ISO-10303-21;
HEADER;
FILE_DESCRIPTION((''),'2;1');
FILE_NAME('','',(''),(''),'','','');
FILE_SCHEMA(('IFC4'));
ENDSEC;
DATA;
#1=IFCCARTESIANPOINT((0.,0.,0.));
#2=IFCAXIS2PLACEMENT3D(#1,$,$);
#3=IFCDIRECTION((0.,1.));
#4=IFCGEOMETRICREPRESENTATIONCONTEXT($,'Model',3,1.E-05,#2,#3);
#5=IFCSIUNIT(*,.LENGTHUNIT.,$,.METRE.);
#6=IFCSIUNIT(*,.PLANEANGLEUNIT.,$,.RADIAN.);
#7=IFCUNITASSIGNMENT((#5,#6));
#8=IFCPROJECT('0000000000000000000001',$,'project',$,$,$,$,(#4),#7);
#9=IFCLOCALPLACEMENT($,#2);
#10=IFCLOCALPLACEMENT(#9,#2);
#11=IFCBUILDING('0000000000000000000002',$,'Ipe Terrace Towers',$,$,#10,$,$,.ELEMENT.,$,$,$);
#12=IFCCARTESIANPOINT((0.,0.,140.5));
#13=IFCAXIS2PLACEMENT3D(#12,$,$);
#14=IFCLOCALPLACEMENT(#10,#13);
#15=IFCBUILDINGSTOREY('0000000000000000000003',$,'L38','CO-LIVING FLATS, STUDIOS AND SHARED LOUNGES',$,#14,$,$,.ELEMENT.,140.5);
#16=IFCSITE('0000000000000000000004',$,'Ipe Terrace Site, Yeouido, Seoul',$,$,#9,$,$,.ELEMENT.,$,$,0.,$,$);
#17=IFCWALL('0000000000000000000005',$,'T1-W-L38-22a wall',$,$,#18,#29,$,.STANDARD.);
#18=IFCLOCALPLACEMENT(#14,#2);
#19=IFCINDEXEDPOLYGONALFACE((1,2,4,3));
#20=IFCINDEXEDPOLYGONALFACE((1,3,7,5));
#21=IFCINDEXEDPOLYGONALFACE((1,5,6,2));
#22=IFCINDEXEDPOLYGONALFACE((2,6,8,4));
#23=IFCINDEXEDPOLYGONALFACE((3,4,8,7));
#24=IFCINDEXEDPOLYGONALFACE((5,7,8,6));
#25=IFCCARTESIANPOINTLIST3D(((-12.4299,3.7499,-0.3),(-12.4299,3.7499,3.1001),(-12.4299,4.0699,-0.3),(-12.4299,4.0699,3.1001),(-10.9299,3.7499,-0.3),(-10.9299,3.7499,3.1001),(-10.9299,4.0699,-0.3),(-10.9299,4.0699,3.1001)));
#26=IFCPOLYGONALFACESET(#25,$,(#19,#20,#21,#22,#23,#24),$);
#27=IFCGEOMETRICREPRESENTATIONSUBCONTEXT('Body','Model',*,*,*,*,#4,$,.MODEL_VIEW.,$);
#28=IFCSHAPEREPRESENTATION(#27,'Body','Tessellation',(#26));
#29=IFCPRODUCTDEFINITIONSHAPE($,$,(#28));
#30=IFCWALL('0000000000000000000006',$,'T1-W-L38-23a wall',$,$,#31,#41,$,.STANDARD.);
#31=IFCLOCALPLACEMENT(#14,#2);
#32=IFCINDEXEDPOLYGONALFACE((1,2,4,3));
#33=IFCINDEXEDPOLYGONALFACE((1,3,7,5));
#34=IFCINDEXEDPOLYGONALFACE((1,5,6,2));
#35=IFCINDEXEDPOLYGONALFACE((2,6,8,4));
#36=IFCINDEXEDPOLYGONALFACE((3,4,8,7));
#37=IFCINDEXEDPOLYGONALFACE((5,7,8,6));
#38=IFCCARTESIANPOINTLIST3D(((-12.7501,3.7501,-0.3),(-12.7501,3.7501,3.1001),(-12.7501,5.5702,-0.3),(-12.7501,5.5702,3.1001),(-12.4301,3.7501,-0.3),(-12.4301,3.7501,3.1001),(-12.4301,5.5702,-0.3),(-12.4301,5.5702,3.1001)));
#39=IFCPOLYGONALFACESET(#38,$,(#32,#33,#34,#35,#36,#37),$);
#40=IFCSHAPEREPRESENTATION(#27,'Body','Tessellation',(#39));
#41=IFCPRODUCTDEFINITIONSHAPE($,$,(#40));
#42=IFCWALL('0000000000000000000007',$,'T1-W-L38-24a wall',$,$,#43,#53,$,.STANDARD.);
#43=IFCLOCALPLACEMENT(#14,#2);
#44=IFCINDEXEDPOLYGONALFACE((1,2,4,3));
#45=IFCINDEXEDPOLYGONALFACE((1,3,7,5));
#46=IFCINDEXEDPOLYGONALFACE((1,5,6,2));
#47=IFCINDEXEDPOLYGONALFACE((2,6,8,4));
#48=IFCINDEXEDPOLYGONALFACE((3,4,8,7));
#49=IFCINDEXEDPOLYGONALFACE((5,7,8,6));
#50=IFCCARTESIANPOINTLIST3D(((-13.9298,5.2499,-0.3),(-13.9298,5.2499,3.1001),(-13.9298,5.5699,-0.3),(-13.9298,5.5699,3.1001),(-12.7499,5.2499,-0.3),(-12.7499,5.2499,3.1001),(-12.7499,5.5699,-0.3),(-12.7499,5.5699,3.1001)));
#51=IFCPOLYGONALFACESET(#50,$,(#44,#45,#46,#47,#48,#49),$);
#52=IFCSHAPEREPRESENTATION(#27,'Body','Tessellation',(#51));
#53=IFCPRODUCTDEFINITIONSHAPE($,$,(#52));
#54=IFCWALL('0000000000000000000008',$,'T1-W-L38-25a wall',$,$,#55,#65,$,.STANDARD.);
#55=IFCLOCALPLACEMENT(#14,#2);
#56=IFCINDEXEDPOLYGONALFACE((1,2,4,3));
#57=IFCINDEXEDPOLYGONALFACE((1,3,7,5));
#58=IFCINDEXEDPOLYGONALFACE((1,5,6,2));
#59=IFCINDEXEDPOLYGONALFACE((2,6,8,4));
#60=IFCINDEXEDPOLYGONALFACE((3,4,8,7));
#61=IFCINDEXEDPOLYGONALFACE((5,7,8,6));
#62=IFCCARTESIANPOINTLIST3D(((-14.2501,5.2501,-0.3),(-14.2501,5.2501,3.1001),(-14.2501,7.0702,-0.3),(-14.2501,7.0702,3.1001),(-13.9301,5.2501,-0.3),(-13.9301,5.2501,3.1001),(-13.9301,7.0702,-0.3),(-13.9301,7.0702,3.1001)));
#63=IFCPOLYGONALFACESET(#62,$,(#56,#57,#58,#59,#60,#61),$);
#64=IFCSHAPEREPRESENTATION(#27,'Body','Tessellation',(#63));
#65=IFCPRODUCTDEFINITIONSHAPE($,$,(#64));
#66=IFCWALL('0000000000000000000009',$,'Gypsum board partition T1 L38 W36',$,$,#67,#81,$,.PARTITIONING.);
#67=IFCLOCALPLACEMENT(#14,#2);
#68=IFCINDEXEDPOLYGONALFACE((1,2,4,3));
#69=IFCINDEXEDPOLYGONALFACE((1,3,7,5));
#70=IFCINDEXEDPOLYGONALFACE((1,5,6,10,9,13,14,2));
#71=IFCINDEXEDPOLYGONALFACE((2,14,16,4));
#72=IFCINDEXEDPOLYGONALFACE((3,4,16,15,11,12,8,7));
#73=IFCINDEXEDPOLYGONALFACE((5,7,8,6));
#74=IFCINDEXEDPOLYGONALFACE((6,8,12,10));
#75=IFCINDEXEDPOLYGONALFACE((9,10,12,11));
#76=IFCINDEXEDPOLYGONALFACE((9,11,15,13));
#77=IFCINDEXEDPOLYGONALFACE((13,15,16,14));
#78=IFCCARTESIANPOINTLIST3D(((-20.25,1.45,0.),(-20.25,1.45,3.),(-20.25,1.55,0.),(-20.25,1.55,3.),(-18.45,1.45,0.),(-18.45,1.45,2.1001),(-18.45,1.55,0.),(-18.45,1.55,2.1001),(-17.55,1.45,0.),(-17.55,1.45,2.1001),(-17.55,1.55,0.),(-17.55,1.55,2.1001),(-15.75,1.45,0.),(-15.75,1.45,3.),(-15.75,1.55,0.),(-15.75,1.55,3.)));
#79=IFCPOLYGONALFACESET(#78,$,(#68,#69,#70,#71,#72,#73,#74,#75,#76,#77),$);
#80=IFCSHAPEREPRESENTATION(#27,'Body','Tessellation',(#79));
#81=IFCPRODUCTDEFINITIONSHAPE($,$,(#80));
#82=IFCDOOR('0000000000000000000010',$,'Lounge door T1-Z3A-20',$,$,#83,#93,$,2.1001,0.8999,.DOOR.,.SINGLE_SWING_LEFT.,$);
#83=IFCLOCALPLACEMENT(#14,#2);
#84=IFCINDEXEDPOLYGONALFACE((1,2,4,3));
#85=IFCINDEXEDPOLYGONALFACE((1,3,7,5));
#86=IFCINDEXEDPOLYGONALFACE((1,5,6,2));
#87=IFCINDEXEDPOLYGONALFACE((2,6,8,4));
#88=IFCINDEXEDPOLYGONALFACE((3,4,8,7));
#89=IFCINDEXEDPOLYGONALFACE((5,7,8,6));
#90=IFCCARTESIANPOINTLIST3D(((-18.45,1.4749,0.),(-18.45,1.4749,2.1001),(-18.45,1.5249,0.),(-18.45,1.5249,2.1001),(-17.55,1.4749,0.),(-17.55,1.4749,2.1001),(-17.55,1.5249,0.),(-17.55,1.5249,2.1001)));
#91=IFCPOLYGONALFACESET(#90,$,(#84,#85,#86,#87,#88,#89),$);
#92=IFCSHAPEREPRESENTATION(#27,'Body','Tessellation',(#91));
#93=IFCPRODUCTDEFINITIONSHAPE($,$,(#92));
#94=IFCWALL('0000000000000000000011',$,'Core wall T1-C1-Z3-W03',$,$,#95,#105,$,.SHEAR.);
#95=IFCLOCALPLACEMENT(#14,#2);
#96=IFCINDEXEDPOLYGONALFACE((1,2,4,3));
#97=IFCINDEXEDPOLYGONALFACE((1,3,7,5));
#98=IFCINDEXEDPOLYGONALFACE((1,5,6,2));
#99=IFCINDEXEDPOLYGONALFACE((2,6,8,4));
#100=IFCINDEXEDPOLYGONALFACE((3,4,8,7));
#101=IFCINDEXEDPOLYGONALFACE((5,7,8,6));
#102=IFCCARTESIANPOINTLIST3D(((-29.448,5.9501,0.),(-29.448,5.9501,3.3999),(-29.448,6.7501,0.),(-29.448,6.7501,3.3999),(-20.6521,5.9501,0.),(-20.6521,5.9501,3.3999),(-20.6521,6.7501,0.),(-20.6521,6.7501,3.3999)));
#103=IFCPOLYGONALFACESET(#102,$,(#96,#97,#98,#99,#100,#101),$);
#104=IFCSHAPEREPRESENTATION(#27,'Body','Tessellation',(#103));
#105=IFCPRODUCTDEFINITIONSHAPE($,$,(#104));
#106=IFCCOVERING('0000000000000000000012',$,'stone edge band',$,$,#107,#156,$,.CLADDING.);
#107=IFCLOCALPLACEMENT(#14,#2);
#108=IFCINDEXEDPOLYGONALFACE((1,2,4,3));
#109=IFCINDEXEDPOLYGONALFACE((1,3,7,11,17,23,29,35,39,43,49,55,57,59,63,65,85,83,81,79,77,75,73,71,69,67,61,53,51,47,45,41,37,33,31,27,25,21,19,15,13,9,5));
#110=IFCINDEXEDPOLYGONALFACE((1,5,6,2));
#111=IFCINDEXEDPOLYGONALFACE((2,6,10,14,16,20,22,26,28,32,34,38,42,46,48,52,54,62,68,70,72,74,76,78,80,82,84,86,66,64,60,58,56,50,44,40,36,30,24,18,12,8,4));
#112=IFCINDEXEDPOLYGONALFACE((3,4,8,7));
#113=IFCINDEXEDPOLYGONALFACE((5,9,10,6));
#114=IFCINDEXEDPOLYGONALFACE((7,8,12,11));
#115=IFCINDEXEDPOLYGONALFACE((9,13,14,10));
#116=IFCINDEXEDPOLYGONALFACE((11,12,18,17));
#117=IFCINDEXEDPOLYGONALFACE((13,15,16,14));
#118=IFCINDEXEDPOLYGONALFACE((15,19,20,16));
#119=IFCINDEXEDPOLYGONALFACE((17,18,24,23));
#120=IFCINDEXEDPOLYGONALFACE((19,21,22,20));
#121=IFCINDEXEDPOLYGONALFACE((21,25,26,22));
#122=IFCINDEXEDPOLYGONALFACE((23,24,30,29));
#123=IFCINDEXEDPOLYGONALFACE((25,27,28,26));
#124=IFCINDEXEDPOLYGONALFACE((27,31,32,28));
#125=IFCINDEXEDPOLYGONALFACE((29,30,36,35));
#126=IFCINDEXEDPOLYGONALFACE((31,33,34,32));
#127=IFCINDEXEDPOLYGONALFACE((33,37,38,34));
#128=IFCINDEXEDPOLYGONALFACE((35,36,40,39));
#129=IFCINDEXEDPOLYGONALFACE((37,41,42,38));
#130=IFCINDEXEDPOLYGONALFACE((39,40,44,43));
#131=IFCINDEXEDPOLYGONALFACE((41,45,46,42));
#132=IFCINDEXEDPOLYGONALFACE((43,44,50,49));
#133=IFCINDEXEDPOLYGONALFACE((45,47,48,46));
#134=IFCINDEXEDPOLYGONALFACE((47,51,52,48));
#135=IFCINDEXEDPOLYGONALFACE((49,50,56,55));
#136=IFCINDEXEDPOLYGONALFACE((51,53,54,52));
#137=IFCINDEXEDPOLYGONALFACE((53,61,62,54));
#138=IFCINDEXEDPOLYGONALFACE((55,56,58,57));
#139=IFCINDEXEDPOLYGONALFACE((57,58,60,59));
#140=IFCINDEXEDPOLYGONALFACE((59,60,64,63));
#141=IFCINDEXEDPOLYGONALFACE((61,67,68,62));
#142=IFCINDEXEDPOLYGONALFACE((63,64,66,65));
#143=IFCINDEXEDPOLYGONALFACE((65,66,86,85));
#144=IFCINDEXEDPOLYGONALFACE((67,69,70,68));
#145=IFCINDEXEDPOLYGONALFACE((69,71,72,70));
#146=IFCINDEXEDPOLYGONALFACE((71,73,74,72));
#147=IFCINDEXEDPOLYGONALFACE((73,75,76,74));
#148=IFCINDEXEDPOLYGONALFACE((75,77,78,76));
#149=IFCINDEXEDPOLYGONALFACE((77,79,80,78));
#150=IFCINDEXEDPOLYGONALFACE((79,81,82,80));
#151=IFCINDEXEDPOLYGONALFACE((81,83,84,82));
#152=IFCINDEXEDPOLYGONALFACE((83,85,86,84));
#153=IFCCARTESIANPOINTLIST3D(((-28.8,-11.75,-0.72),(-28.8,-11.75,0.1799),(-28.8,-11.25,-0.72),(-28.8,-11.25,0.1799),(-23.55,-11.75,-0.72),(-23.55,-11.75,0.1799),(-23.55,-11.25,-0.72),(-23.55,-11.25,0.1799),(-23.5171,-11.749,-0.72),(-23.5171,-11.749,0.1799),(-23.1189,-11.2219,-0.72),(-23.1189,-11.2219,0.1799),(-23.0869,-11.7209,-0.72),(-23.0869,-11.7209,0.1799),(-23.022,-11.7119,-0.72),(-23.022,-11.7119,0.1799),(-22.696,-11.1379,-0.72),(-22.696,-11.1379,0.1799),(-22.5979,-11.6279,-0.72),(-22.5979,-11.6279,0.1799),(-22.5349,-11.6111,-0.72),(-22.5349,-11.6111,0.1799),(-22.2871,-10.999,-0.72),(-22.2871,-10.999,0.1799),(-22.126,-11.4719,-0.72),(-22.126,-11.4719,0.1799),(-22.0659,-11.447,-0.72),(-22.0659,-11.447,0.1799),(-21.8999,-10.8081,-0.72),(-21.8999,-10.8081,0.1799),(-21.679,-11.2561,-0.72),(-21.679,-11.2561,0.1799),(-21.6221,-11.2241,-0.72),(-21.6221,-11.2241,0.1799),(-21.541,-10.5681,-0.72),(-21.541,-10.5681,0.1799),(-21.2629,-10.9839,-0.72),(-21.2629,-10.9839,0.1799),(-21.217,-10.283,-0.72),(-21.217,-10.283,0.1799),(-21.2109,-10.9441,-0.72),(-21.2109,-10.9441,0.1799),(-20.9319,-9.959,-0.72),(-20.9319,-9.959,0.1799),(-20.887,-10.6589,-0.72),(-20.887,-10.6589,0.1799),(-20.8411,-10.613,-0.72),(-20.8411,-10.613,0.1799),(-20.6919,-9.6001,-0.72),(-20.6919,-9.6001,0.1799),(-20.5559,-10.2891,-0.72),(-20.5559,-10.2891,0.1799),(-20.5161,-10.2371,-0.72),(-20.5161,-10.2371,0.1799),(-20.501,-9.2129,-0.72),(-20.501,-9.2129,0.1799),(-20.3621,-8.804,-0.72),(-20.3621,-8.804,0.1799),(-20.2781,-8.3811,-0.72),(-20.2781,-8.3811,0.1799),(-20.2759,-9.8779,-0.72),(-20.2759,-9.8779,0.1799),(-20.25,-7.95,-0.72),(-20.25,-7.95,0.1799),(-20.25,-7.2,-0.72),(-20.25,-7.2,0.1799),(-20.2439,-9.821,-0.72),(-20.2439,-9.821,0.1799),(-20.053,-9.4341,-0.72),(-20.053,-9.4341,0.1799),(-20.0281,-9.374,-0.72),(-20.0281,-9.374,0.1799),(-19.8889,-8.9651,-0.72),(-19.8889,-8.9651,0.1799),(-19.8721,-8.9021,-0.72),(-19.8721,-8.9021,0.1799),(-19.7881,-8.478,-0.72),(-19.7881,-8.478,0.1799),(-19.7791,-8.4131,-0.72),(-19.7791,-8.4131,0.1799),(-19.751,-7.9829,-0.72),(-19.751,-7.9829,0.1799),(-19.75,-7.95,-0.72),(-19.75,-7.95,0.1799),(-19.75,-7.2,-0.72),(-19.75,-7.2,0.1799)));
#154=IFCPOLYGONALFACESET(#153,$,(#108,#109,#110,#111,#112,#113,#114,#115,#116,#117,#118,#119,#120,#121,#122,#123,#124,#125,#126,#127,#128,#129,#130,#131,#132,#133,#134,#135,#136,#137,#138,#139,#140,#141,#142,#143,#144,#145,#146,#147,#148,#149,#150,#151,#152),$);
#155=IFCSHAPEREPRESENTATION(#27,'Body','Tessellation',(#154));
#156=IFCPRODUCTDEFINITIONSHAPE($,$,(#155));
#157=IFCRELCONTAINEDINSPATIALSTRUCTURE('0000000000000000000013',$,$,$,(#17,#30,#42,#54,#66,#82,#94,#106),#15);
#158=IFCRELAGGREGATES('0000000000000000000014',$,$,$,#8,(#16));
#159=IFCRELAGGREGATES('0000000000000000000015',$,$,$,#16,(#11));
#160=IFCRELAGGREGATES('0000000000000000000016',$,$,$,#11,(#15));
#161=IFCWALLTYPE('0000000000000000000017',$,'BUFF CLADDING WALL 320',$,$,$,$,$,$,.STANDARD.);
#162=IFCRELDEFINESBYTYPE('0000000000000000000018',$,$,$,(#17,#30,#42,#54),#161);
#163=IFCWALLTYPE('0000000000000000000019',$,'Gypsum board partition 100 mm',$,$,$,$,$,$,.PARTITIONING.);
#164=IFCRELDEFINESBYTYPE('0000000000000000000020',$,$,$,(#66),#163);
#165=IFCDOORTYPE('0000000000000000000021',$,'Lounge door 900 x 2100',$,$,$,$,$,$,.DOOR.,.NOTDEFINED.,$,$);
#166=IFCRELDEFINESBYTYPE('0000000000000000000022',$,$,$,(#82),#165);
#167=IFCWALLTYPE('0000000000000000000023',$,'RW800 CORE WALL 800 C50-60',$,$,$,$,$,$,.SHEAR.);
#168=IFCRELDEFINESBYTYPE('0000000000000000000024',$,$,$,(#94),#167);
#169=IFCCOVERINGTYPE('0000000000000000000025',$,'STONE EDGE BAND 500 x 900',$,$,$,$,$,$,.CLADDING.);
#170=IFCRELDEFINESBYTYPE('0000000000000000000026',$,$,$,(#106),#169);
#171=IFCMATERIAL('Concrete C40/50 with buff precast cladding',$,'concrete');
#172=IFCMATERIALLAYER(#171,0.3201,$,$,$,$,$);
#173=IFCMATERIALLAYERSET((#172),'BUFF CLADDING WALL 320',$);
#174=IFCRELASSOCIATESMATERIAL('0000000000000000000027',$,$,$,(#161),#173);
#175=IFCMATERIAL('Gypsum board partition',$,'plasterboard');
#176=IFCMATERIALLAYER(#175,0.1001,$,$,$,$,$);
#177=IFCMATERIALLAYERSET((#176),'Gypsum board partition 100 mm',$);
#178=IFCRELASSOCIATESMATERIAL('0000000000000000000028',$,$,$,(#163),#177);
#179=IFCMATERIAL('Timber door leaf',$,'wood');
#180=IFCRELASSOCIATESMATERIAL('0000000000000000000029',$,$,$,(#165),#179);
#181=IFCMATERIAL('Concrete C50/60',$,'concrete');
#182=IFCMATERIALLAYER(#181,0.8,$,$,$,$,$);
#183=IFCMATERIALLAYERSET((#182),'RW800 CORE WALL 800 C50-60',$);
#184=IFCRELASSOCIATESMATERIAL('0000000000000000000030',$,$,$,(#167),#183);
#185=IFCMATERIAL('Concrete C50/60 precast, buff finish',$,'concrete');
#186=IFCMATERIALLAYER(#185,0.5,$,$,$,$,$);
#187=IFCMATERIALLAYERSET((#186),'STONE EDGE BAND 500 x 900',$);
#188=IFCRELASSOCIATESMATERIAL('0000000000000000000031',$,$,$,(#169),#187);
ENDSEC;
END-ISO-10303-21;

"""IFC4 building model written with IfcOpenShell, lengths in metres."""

from ifc_helpers import new_model, si_unit, direction, frame, frame_2d, origin, place, context, subcontext, project, spatial, polyline, rectangle, outline, extrude, material, layer, layer_set, type_object, element, fill, save


model = new_model("IFC4")

# Units and contexts
model_context = context("Model", 3, precision=1e-05, world=origin(), true_north=direction((0.0, 1.0)))
body_context = subcontext(model_context, "Body", "Model", "MODEL_VIEW")
ifc_project = project(units=[si_unit("LENGTHUNIT", "METRE"), si_unit("PLANEANGLEUNIT", "RADIAN")], contexts=[model_context])

# Site, building, storey
site_placement = place(None, origin())
site = spatial("IfcSite", under=ifc_project, at=site_placement, Name="Ipe Terrace Site, Yeouido, Seoul", CompositionType="ELEMENT", RefElevation=0.0)
building_placement = place(site_placement, origin())
building = spatial("IfcBuilding", under=site, at=building_placement, Name="Ipe Terrace Towers", CompositionType="ELEMENT")
storey_placement = place(building_placement, frame((0.0, 0.0, 140.5)))
storey = spatial("IfcBuildingStorey", under=building, at=storey_placement, Name="L38", Description="CO-LIVING FLATS, STUDIOS AND SHARED LOUNGES", CompositionType="ELEMENT", Elevation=140.5)

# Walls
ifc_material_1 = material(Name="Concrete C40/50 with buff precast cladding", Category="concrete")
ifc_layer_1 = layer(ifc_material_1, 0.3201)
ifc_layer_set_1 = layer_set([ifc_layer_1], Name="BUFF CLADDING WALL 320")
wall_type_1 = type_object("IfcWallType", Name="BUFF CLADDING WALL 320", PredefinedType="STANDARD", material=ifc_layer_set_1)
wall_1_placement = place(storey_placement, frame((-10.9299, 3.9099, -0.3), z_axis=(0.0, 0.0, 1.0), x_axis=(-1.0, 0.0, 0.0)))
element("IfcWall", 1, at=wall_1_placement, inside=storey, type_object=wall_type_1, Name="T1-W-L38-22a wall", PredefinedType="STANDARD", context=body_context, shape_type="SweptSolid", body=[
    extrude(rectangle(XDim=1.5, YDim=0.3201, at=frame_2d((0.75, 0.0))), origin(), (0.0, 0.0, 1.0), 3.4001),
])
wall_2_placement = place(storey_placement, frame((-12.5901, 3.75, -0.3), z_axis=(0.0, 0.0, 1.0), x_axis=(0.0, 1.0, 0.0)))
element("IfcWall", 2, at=wall_2_placement, inside=storey, type_object=wall_type_1, Name="T1-W-L38-23a wall", PredefinedType="STANDARD", context=body_context, shape_type="SweptSolid", body=[
    extrude(rectangle(XDim=1.8201, YDim=0.3201, at=frame_2d((0.9102, 0.0))), origin(), (0.0, 0.0, 1.0), 3.4001),
])
wall_3_placement = place(storey_placement, frame((-12.75, 5.4099, -0.3), z_axis=(0.0, 0.0, 1.0), x_axis=(-1.0, 0.0, 0.0)))
element("IfcWall", 3, at=wall_3_placement, inside=storey, type_object=wall_type_1, Name="T1-W-L38-24a wall", PredefinedType="STANDARD", context=body_context, shape_type="SweptSolid", body=[
    extrude(rectangle(XDim=1.1799, YDim=0.3201, at=frame_2d((0.5898, 0.0))), origin(), (0.0, 0.0, 1.0), 3.4001),
])
wall_4_placement = place(storey_placement, frame((-14.0901, 5.25, -0.3), z_axis=(0.0, 0.0, 1.0), x_axis=(0.0, 1.0, 0.0)))
element("IfcWall", 4, at=wall_4_placement, inside=storey, type_object=wall_type_1, Name="T1-W-L38-25a wall", PredefinedType="STANDARD", context=body_context, shape_type="SweptSolid", body=[
    extrude(rectangle(XDim=1.8201, YDim=0.3201, at=frame_2d((0.9102, 0.0))), origin(), (0.0, 0.0, 1.0), 3.4001),
])

# Wall, opening, door
ifc_material_2 = material(Name="Gypsum board partition", Category="plasterboard")
ifc_layer_2 = layer(ifc_material_2, 0.1001)
ifc_layer_set_2 = layer_set([ifc_layer_2], Name="Gypsum board partition 100 mm")
wall_type_2 = type_object("IfcWallType", Name="Gypsum board partition 100 mm", PredefinedType="PARTITIONING", material=ifc_layer_set_2)
wall_5_placement = place(storey_placement, frame((-20.25, 1.5, 0.0), z_axis=(0.0, 0.0, 1.0), x_axis=(1.0, 0.0, 0.0)))
wall_5 = element("IfcWall", 5, at=wall_5_placement, inside=storey, type_object=wall_type_2, Name="Gypsum board partition T1 L38 W36", PredefinedType="PARTITIONING", context=body_context, shape_type="SweptSolid", body=[
    extrude(rectangle(XDim=4.5, YDim=0.1001, at=frame_2d((2.25, 0.0))), origin(), (0.0, 0.0, 1.0), 3.0),
])
opening_placement = place(wall_5_placement, frame((1.8, 0.0, 0.0)))
opening = element("IfcOpeningElement", 6, at=opening_placement, cuts=wall_5, PredefinedType="OPENING", context=body_context, shape_type="SweptSolid", body=[
    extrude(rectangle(XDim=0.8999, YDim=2.1001, at=frame_2d((0.45, 1.05))), frame((0.0, 0.0601, 0.0), z_axis=(0.0, -1.0, 0.0), x_axis=(1.0, 0.0, 0.0)), (0.0, 0.0, 1.0), 0.1201),
])
ifc_material_3 = material(Name="Timber door leaf", Category="wood")
door_type = type_object("IfcDoorType", Name="Lounge door 900 x 2100", OperationType="NOTDEFINED", PredefinedType="DOOR", material=ifc_material_3)
door_placement = place(opening_placement, origin())
door = element("IfcDoor", 7, at=door_placement, inside=storey, type_object=door_type, Name="Lounge door T1-Z3A-20", OperationType="SINGLE_SWING_LEFT", OverallHeight=2.1001, OverallWidth=0.8999, PredefinedType="DOOR", context=body_context, shape_type="SweptSolid", body=[
    extrude(rectangle(XDim=0.8999, YDim=2.1001, at=frame_2d((0.45, 1.05))), frame((0.0, 0.0249, 0.0), z_axis=(0.0, -1.0, 0.0), x_axis=(1.0, 0.0, 0.0)), (0.0, 0.0, 1.0), 0.05),
])
fill(opening, door)

# Wall
ifc_material_4 = material(Name="Concrete C50/60", Category="concrete")
ifc_layer_3 = layer(ifc_material_4, 0.8)
ifc_layer_set_3 = layer_set([ifc_layer_3], Name="RW800 CORE WALL 800 C50-60")
wall_type_3 = type_object("IfcWallType", Name="RW800 CORE WALL 800 C50-60", PredefinedType="SHEAR", material=ifc_layer_set_3)
wall_6_placement = place(storey_placement, frame((-20.6521, 6.3501, 0.0), z_axis=(0.0, 0.0, 1.0), x_axis=(-1.0, 0.0, 0.0)))
element("IfcWall", 8, at=wall_6_placement, inside=storey, type_object=wall_type_3, Name="Core wall T1-C1-Z3-W03", PredefinedType="SHEAR", context=body_context, shape_type="SweptSolid", body=[
    extrude(rectangle(XDim=8.7959, YDim=0.8, at=frame_2d((4.3979, 0.0))), origin(), (0.0, 0.0, 1.0), 3.3999),
])

# Covering
ifc_material_5 = material(Name="Concrete C50/60 precast, buff finish", Category="concrete")
ifc_layer_4 = layer(ifc_material_5, 0.5)
ifc_layer_set_4 = layer_set([ifc_layer_4], Name="STONE EDGE BAND 500 x 900")
covering_type = type_object("IfcCoveringType", Name="STONE EDGE BAND 500 x 900", PredefinedType="CLADDING", material=ifc_layer_set_4)
covering_placement = place(storey_placement, frame((0.0, 0.0, -0.72)))
element("IfcCovering", 9, at=covering_placement, inside=storey, type_object=covering_type, Name="stone edge band", PredefinedType="CLADDING", context=body_context, shape_type="SweptSolid", body=[
    extrude(outline(polyline([(-23.55, -11.75), (-23.5171, -11.749), (-23.0869, -11.7209), (-23.022, -11.7119), (-22.5979, -11.6279), (-22.5349, -11.6111), (-22.126, -11.4719), (-22.0659, -11.447), (-21.679, -11.2561), (-21.6221, -11.2241), (-21.2629, -10.9839), (-21.2109, -10.9441), (-20.887, -10.6589), (-20.8411, -10.613), (-20.5559, -10.2891), (-20.5161, -10.2371), (-20.2759, -9.8779), (-20.2439, -9.821), (-20.053, -9.4341), (-20.0281, -9.374), (-19.8889, -8.9651), (-19.8721, -8.9021), (-19.7881, -8.478), (-19.7791, -8.4131), (-19.751, -7.9829), (-19.75, -7.95), (-19.75, -7.2), (-20.25, -7.2), (-20.25, -7.95), (-20.2781, -8.3811), (-20.3621, -8.804), (-20.501, -9.2129), (-20.6919, -9.6001), (-20.9319, -9.959), (-21.217, -10.283), (-21.541, -10.5681), (-21.8999, -10.8081), (-22.2871, -10.999), (-22.696, -11.1379), (-23.1189, -11.2219), (-23.55, -11.25), (-28.8, -11.25), (-28.8, -11.75), (-23.55, -11.75)])), origin(), (0.0, 0.0, 1.0), 0.8999),
])

save(model, "model.ifc")
